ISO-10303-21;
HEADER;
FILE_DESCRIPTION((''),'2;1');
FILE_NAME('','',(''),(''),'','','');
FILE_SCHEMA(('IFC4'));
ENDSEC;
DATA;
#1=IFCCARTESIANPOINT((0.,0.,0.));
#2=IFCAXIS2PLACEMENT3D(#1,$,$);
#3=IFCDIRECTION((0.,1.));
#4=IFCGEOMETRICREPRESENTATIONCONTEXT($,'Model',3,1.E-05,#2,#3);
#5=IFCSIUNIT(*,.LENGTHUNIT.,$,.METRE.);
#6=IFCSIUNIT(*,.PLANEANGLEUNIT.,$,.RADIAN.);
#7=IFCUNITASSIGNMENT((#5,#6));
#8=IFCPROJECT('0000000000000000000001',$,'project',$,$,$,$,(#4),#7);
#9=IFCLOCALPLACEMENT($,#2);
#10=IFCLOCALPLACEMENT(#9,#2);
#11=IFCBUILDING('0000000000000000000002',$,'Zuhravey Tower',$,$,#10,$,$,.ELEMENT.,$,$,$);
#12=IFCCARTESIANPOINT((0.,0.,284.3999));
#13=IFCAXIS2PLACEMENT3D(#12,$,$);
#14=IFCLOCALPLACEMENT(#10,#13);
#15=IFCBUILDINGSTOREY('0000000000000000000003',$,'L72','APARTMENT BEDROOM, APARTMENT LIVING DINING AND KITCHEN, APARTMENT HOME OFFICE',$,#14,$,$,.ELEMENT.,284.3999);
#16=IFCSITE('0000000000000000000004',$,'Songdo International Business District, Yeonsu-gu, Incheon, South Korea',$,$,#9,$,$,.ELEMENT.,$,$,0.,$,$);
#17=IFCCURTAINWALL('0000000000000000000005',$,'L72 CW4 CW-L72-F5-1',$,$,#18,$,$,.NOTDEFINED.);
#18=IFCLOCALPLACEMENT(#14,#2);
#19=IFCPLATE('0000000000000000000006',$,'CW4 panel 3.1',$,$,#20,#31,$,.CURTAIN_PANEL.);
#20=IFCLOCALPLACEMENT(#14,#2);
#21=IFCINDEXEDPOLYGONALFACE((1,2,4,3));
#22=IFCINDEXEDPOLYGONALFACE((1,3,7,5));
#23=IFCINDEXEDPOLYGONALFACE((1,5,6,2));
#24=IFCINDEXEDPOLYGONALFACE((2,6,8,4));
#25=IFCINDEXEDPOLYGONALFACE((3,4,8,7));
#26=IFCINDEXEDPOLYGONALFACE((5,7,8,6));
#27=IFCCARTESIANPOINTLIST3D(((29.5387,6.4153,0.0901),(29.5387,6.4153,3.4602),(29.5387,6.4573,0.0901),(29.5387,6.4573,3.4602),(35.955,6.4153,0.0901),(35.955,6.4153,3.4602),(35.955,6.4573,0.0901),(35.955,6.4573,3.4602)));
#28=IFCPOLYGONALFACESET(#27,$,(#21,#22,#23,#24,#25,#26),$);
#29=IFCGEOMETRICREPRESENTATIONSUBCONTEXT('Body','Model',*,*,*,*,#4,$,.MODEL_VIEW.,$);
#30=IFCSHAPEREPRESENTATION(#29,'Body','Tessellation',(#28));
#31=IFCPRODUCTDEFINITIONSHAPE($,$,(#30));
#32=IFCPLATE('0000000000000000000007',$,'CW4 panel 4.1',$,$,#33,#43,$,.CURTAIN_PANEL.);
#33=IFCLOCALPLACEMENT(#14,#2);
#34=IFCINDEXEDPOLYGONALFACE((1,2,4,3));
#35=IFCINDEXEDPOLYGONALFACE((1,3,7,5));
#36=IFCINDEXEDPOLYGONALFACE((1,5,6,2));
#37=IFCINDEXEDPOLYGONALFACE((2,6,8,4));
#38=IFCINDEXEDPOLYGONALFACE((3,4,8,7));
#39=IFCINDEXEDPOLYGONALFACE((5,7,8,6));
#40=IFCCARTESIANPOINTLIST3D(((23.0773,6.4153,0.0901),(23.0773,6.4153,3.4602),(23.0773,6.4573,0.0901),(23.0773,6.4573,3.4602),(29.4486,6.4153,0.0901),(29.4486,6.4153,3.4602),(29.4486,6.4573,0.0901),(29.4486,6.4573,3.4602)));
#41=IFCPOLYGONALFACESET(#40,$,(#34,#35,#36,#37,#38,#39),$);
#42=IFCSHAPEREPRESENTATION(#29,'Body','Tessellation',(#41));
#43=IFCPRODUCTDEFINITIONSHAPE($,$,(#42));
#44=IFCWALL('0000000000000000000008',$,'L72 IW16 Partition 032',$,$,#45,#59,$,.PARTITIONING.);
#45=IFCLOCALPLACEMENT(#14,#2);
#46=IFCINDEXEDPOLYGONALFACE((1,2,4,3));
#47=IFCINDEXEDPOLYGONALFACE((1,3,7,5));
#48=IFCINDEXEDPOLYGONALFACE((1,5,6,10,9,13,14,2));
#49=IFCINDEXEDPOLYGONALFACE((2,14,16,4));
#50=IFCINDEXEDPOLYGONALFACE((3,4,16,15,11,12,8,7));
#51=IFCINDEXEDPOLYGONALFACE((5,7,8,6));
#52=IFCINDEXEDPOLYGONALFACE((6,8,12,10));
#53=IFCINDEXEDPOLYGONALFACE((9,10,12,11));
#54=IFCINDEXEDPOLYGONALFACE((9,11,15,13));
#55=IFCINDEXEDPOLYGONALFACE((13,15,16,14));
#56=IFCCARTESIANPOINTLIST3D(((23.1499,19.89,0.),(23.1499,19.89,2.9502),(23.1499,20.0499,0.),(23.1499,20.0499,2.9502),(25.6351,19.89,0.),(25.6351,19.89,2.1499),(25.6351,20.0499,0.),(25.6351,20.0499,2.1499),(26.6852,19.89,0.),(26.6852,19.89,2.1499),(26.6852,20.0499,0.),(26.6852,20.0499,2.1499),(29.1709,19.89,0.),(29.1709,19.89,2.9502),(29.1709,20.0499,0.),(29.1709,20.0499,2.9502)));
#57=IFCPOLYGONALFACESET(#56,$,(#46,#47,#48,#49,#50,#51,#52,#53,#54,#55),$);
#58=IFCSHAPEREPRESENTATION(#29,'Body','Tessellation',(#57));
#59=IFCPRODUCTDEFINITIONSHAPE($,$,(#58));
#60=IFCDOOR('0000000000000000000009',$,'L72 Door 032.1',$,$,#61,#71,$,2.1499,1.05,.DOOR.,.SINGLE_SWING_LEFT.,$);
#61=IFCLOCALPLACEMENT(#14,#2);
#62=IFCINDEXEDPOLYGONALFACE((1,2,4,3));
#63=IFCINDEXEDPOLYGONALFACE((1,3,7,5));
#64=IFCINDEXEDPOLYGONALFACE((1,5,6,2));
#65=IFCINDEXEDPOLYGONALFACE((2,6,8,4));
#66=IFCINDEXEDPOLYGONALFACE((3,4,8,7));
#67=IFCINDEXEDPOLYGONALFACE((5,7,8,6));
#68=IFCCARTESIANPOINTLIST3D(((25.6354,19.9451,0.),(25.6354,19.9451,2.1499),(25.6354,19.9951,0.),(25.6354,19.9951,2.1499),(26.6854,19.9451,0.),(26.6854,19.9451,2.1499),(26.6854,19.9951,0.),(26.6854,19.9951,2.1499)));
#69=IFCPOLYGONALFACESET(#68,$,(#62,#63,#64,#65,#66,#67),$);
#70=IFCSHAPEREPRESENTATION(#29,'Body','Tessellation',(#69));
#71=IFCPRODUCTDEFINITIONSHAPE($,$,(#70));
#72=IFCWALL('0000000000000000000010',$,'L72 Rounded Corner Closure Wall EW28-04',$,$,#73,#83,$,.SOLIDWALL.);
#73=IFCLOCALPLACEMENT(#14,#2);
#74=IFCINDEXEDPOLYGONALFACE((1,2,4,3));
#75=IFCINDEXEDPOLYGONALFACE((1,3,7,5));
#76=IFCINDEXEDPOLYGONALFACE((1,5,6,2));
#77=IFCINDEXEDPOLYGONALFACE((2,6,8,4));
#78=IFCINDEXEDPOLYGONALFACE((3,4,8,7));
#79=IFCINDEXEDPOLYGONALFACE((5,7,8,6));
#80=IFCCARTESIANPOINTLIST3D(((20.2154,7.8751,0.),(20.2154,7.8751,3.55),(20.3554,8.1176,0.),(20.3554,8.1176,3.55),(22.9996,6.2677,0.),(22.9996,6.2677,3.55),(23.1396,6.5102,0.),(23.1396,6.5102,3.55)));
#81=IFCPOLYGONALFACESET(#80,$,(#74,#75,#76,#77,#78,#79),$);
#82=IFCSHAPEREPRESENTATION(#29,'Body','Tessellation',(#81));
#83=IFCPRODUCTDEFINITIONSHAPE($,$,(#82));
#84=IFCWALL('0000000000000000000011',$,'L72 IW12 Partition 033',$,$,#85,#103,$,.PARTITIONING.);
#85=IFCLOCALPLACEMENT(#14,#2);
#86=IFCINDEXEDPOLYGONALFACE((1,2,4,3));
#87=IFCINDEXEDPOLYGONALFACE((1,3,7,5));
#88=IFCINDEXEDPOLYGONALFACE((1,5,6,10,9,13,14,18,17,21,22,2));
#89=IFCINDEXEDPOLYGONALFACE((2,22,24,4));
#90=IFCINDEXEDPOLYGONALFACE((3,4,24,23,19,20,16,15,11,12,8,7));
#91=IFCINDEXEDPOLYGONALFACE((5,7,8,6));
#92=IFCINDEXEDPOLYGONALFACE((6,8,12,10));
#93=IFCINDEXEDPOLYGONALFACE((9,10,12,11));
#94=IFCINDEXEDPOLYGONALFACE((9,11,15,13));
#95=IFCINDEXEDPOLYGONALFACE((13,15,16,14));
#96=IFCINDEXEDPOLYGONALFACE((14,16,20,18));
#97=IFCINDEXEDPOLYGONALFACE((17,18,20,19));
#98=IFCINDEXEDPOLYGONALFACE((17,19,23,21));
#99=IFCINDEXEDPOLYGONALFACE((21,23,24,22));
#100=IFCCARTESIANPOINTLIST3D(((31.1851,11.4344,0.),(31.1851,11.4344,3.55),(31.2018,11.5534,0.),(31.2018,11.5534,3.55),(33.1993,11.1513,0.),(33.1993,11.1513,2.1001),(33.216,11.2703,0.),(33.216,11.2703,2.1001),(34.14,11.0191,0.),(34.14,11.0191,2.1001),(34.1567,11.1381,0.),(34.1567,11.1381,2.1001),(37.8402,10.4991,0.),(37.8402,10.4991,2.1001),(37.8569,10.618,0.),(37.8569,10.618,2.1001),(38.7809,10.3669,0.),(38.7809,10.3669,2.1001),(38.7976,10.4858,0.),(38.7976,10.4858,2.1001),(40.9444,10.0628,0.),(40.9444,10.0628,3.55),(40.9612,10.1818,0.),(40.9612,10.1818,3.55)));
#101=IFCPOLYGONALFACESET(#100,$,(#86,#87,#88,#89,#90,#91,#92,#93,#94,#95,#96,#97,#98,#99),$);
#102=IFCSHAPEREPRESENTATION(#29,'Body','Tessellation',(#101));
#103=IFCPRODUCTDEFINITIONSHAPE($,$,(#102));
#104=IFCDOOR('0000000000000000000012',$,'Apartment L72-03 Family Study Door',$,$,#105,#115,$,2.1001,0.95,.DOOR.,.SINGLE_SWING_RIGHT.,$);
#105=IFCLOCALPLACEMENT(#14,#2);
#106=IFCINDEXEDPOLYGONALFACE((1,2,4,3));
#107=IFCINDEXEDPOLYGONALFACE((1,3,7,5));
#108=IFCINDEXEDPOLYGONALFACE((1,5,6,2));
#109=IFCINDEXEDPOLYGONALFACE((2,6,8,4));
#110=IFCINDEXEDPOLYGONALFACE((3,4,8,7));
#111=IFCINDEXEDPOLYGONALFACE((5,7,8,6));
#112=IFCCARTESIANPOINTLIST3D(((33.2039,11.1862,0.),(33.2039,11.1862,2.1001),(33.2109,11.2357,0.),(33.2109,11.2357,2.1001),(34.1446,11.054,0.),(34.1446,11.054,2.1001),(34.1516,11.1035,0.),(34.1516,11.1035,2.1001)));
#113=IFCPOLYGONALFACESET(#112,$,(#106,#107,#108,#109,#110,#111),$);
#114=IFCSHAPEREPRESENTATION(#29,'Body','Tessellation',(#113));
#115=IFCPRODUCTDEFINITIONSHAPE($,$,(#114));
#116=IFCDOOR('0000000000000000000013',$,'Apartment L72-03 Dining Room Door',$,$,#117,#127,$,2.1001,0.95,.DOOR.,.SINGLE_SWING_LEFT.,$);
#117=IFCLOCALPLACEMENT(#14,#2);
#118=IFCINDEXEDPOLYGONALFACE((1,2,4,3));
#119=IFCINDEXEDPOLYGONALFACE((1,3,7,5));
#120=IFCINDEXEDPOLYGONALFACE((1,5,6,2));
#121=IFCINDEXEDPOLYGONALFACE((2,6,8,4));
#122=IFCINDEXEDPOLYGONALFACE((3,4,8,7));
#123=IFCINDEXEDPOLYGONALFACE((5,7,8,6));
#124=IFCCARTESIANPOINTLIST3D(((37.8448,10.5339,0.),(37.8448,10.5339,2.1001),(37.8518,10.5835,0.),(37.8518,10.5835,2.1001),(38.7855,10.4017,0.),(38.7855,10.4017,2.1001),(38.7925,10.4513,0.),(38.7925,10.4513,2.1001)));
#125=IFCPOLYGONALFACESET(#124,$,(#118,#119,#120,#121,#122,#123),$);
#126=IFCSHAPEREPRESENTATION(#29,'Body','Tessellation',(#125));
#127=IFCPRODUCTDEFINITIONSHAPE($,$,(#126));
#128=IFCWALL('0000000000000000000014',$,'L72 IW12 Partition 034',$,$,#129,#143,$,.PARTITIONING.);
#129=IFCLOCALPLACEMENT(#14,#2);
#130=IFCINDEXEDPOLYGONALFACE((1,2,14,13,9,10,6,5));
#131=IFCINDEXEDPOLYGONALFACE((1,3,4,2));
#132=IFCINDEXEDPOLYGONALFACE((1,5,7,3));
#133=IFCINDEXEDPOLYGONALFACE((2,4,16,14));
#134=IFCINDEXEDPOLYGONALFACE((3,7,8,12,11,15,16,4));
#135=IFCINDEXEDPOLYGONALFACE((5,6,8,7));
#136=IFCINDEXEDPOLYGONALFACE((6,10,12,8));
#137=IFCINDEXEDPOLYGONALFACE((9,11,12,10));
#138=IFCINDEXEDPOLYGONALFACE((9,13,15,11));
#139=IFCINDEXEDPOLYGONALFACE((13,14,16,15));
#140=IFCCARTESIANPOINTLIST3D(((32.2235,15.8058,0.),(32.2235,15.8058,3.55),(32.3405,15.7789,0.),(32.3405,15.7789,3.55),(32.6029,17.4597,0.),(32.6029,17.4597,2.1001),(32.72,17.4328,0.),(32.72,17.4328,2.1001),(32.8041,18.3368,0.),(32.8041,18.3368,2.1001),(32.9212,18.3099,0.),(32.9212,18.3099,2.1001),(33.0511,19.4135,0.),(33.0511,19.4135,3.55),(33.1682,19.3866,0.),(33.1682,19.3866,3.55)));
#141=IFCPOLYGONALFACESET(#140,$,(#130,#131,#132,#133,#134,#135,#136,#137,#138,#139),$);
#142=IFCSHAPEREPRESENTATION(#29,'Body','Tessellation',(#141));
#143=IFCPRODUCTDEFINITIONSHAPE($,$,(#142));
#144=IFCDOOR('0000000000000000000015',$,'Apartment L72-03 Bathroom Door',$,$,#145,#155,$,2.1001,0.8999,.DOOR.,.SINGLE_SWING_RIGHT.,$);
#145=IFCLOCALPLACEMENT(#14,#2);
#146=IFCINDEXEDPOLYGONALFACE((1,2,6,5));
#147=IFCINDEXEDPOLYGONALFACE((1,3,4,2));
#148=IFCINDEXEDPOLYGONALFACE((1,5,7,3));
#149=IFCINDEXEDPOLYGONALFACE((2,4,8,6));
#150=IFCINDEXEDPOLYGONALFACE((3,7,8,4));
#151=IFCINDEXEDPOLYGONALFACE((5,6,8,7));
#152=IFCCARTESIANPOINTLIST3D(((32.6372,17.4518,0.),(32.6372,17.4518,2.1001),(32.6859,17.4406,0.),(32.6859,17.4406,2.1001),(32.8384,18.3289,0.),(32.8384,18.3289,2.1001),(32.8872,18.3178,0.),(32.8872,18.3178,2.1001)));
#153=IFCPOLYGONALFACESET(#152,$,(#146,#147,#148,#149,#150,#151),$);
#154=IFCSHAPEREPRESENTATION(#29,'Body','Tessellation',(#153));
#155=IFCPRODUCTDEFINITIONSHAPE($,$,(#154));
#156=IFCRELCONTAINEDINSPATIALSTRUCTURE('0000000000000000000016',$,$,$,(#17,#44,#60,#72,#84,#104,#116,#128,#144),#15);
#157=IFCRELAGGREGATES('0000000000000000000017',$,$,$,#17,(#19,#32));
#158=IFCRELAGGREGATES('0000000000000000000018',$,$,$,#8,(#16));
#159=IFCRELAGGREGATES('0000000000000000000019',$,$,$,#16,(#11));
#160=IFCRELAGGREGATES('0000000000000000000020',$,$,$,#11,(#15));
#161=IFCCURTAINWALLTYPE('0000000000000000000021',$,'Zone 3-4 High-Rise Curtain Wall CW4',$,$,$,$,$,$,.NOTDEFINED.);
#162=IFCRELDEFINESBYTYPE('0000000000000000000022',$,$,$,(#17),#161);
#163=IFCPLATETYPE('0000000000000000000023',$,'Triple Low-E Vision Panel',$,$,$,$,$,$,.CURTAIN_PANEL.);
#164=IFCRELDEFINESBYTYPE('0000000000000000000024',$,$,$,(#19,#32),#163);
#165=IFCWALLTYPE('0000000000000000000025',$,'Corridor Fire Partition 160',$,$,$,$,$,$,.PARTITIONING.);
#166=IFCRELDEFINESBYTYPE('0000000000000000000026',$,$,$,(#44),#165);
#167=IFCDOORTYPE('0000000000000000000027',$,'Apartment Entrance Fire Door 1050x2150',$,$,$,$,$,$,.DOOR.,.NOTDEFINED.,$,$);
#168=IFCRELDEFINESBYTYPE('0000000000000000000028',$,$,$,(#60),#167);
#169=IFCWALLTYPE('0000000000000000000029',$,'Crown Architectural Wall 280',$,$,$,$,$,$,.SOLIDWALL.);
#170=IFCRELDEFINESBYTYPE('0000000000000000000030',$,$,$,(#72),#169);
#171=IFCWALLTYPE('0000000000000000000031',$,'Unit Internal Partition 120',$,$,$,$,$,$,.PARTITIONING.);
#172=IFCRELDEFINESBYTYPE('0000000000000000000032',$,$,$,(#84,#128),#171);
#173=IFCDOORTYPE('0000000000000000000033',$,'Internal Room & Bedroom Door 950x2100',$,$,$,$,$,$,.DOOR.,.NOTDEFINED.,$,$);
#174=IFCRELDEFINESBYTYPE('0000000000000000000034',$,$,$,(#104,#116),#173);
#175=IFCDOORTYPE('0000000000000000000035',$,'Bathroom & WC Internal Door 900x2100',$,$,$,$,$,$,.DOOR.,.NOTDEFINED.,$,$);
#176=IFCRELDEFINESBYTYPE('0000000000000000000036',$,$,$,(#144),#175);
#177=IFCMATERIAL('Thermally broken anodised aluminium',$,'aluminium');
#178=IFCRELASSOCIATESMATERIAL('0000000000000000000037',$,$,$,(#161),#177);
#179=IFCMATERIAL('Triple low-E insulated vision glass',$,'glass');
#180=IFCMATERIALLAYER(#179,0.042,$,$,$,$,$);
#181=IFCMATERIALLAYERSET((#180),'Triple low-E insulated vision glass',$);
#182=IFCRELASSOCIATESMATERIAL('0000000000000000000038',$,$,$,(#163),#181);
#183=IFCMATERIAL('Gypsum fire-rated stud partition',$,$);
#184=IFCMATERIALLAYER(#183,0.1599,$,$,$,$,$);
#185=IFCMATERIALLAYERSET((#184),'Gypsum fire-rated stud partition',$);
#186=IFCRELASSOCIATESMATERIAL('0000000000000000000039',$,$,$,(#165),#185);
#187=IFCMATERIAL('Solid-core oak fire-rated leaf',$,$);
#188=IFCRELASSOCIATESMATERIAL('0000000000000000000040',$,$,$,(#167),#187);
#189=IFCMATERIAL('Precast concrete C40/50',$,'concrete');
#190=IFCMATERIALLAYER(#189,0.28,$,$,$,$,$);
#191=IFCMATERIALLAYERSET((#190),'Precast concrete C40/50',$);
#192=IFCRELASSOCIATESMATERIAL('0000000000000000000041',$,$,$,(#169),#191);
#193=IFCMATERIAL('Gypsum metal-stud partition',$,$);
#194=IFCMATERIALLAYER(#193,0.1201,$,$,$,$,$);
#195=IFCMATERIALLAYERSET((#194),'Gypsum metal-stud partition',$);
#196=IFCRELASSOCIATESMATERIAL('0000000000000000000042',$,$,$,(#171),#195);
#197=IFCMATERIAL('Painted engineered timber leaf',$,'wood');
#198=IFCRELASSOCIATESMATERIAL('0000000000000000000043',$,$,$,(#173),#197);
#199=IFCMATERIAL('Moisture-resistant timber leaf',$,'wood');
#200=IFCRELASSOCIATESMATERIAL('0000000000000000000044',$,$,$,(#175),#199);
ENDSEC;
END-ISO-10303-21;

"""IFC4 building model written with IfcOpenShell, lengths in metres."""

from ifc_helpers import new_model, si_unit, direction, frame, frame_2d, origin, origin_2d, place, context, subcontext, project, spatial, rectangle, extrude, material, layer, layer_set, type_object, element, fill, aggregate, save


model = new_model("IFC4")

# Units and contexts
model_context = context("Model", 3, precision=1e-05, world=origin(), true_north=direction((0.0, 1.0)))
body_context = subcontext(model_context, "Body", "Model", "MODEL_VIEW")
ifc_project = project(units=[si_unit("LENGTHUNIT", "METRE"), si_unit("PLANEANGLEUNIT", "RADIAN")], contexts=[model_context])

# Site, building, storey
site_placement = place(None, origin())
site = spatial("IfcSite", under=ifc_project, at=site_placement, Name="Songdo International Business District, Yeonsu-gu, Incheon, South Korea", CompositionType="ELEMENT", RefElevation=0.0)
building_placement = place(site_placement, origin())
building = spatial("IfcBuilding", under=site, at=building_placement, Name="Zuhravey Tower", CompositionType="ELEMENT")
storey_placement = place(building_placement, frame((0.0, 0.0, 284.3999)))
storey = spatial("IfcBuildingStorey", under=building, at=storey_placement, Name="L72", Description="APARTMENT BEDROOM, APARTMENT LIVING DINING AND KITCHEN, APARTMENT HOME OFFICE", CompositionType="ELEMENT", Elevation=284.3999)

# Curtain wall
ifc_material_1 = material(Name="Thermally broken anodised aluminium", Category="aluminium")
curtain_wall_type = type_object("IfcCurtainWallType", Name="Zone 3-4 High-Rise Curtain Wall CW4", PredefinedType="NOTDEFINED", material=ifc_material_1)
curtain_wall_1_placement = place(storey_placement, origin())
curtain_wall_1 = element("IfcCurtainWall", 1, at=curtain_wall_1_placement, inside=storey, type_object=curtain_wall_type, Name="L72 CW4 CW-L72-F5-1", PredefinedType="NOTDEFINED")

# Plates
ifc_material_2 = material(Name="Triple low-E insulated vision glass", Category="glass")
ifc_layer_1 = layer(ifc_material_2, 0.042)
ifc_layer_set_1 = layer_set([ifc_layer_1], Name="Triple low-E insulated vision glass")
plate_type_1 = type_object("IfcPlateType", Name="Triple Low-E Vision Panel", PredefinedType="CURTAIN_PANEL", material=ifc_layer_set_1)
plate_1_placement = place(storey_placement, frame((32.7468, 6.4363, 0.0901), z_axis=(0.0, 0.0, 1.0), x_axis=(-1.0, 0.0, 0.0)))
plate_1 = element("IfcPlate", 2, at=plate_1_placement, type_object=plate_type_1, Name="CW4 panel 3.1", PredefinedType="CURTAIN_PANEL", context=body_context, shape_type="SweptSolid", body=[
    extrude(rectangle(XDim=6.4163, YDim=0.042, at=origin_2d()), origin(), (0.0, 0.0, 1.0), 3.3701),
])
plate_2_placement = place(storey_placement, frame((26.2629, 6.4363, 0.0901), z_axis=(0.0, 0.0, 1.0), x_axis=(-1.0, 0.0, 0.0)))
plate_2 = element("IfcPlate", 3, at=plate_2_placement, type_object=plate_type_1, Name="CW4 panel 4.1", PredefinedType="CURTAIN_PANEL", context=body_context, shape_type="SweptSolid", body=[
    extrude(rectangle(XDim=6.3713, YDim=0.042, at=origin_2d()), origin(), (0.0, 0.0, 1.0), 3.3701),
])
aggregate(curtain_wall_1, [plate_1, plate_2])

# Wall, opening, door
ifc_material_3 = material(Name="Gypsum fire-rated stud partition")
ifc_layer_2 = layer(ifc_material_3, 0.1599)
ifc_layer_set_2 = layer_set([ifc_layer_2], Name="Gypsum fire-rated stud partition")
wall_type_1 = type_object("IfcWallType", Name="Corridor Fire Partition 160", PredefinedType="PARTITIONING", material=ifc_layer_set_2)
wall_1_placement = place(storey_placement, frame((23.1499, 19.97, 0.0), z_axis=(0.0, 0.0, 1.0), x_axis=(1.0, 0.0, 0.0)))
wall_1 = element("IfcWall", 4, at=wall_1_placement, inside=storey, type_object=wall_type_1, Name="L72 IW16 Partition 032", PredefinedType="PARTITIONING", context=body_context, shape_type="SweptSolid", body=[
    extrude(rectangle(XDim=6.021, YDim=0.1599, at=frame_2d((3.0105, 0.0))), origin(), (0.0, 0.0, 1.0), 2.9502),
])
opening_1_placement = place(wall_1_placement, frame((2.4854, 0.0, 0.0)))
opening_1 = element("IfcOpeningElement", 5, at=opening_1_placement, cuts=wall_1, PredefinedType="OPENING", context=body_context, shape_type="SweptSolid", body=[
    extrude(rectangle(XDim=1.05, YDim=2.1499, at=frame_2d((0.5249, 1.075))), frame((0.0, 0.092, 0.0), z_axis=(0.0, -1.0, 0.0), x_axis=(1.0, 0.0, 0.0)), (0.0, 0.0, 1.0), 0.1838),
])
ifc_material_4 = material(Name="Solid-core oak fire-rated leaf")
door_type_1 = type_object("IfcDoorType", Name="Apartment Entrance Fire Door 1050x2150", OperationType="NOTDEFINED", PredefinedType="DOOR", material=ifc_material_4)
door_1_placement = place(opening_1_placement, frame((1.05, 0.0, 0.0), z_axis=(0.0, 0.0, 1.0), x_axis=(-1.0, 0.0, 0.0)))
door_1 = element("IfcDoor", 6, at=door_1_placement, inside=storey, type_object=door_type_1, Name="L72 Door 032.1", OperationType="SINGLE_SWING_LEFT", OverallHeight=2.1499, OverallWidth=1.05, PredefinedType="DOOR", context=body_context, shape_type="SweptSolid", body=[
    extrude(rectangle(XDim=1.05, YDim=2.1499, at=frame_2d((0.5249, 1.075))), frame((0.0, 0.0249, 0.0), z_axis=(0.0, -1.0, 0.0), x_axis=(1.0, 0.0, 0.0)), (0.0, 0.0, 1.0), 0.05),
])
fill(opening_1, door_1)

# Wall
ifc_material_5 = material(Name="Precast concrete C40/50", Category="concrete")
ifc_layer_3 = layer(ifc_material_5, 0.28)
ifc_layer_set_3 = layer_set([ifc_layer_3], Name="Precast concrete C40/50")
wall_type_2 = type_object("IfcWallType", Name="Crown Architectural Wall 280", PredefinedType="SOLIDWALL", material=ifc_layer_set_3)
wall_2_placement = place(storey_placement, frame((23.0696, 6.3889, 0.0), z_axis=(0.0, 0.0, 1.0), x_axis=(-0.866029, 0.499994, 0.0)))
element("IfcWall", 7, at=wall_2_placement, inside=storey, type_object=wall_type_2, Name="L72 Rounded Corner Closure Wall EW28-04", PredefinedType="SOLIDWALL", context=body_context, shape_type="SweptSolid", body=[
    extrude(rectangle(XDim=3.2148, YDim=0.28, at=frame_2d((1.6074, 0.0))), origin(), (0.0, 0.0, 1.0), 3.55),
])

# Wall, openings, doors
ifc_material_6 = material(Name="Gypsum metal-stud partition")
ifc_layer_4 = layer(ifc_material_6, 0.1201)
ifc_layer_set_4 = layer_set([ifc_layer_4], Name="Gypsum metal-stud partition")
wall_type_3 = type_object("IfcWallType", Name="Unit Internal Partition 120", PredefinedType="PARTITIONING", material=ifc_layer_set_4)
wall_3_placement = place(storey_placement, frame((31.1934, 11.4939, 0.0), z_axis=(0.0, 0.0, 1.0), x_axis=(0.990268, -0.139174, 0.0)))
wall_3 = element("IfcWall", 8, at=wall_3_placement, inside=storey, type_object=wall_type_3, Name="L72 IW12 Partition 033", PredefinedType="PARTITIONING", context=body_context, shape_type="SweptSolid", body=[
    extrude(rectangle(XDim=9.8552, YDim=0.1201, at=frame_2d((4.9277, 0.0))), origin(), (0.0, 0.0, 1.0), 3.55),
])
opening_2_placement = place(wall_3_placement, frame((2.0339, 0.0, 0.0)))
opening_2 = element("IfcOpeningElement", 9, at=opening_2_placement, cuts=wall_3, PredefinedType="OPENING", context=body_context, shape_type="SweptSolid", body=[
    extrude(rectangle(XDim=0.95, YDim=2.1001, at=frame_2d((0.4751, 1.05))), frame((0.0, 0.072, 0.0), z_axis=(0.0, -1.0, 0.0), x_axis=(1.0, 0.0, 0.0)), (0.0, 0.0, 1.0), 0.144),
])
opening_3_placement = place(wall_3_placement, frame((6.7205, 0.0, 0.0)))
opening_3 = element("IfcOpeningElement", 10, at=opening_3_placement, cuts=wall_3, PredefinedType="OPENING", context=body_context, shape_type="SweptSolid", body=[
    extrude(rectangle(XDim=0.95, YDim=2.1001, at=frame_2d((0.4751, 1.05))), frame((0.0, 0.072, 0.0), z_axis=(0.0, -1.0, 0.0), x_axis=(1.0, 0.0, 0.0)), (0.0, 0.0, 1.0), 0.144),
])
ifc_material_7 = material(Name="Painted engineered timber leaf", Category="wood")
door_type_2 = type_object("IfcDoorType", Name="Internal Room & Bedroom Door 950x2100", OperationType="NOTDEFINED", PredefinedType="DOOR", material=ifc_material_7)
door_2_placement = place(opening_2_placement, frame((0.95, 0.0, 0.0), z_axis=(0.0, 0.0, 1.0), x_axis=(-1.0, 0.0, 0.0)))
door_2 = element("IfcDoor", 11, at=door_2_placement, inside=storey, type_object=door_type_2, Name="Apartment L72-03 Family Study Door", OperationType="SINGLE_SWING_RIGHT", OverallHeight=2.1001, OverallWidth=0.95, PredefinedType="DOOR", context=body_context, shape_type="SweptSolid", body=[
    extrude(rectangle(XDim=0.95, YDim=2.1001, at=frame_2d((0.4751, 1.05))), frame((0.0, 0.0249, 0.0), z_axis=(0.0, -1.0, 0.0), x_axis=(1.0, 0.0, 0.0)), (0.0, 0.0, 1.0), 0.05),
])
fill(opening_2, door_2)
door_3_placement = place(opening_3_placement, frame((0.95, 0.0, 0.0), z_axis=(0.0, 0.0, 1.0), x_axis=(-1.0, 0.0, 0.0)))
door_3 = element("IfcDoor", 12, at=door_3_placement, inside=storey, type_object=door_type_2, Name="Apartment L72-03 Dining Room Door", OperationType="SINGLE_SWING_LEFT", OverallHeight=2.1001, OverallWidth=0.95, PredefinedType="DOOR", context=body_context, shape_type="SweptSolid", body=[
    extrude(rectangle(XDim=0.95, YDim=2.1001, at=frame_2d((0.4751, 1.05))), frame((0.0, 0.0249, 0.0), z_axis=(0.0, -1.0, 0.0), x_axis=(1.0, 0.0, 0.0)), (0.0, 0.0, 1.0), 0.05),
])
fill(opening_3, door_3)

# Wall, opening, door
wall_4_placement = place(storey_placement, frame((33.1096, 19.3999, 0.0), z_axis=(0.0, 0.0, 1.0), x_axis=(-0.223602, -0.974681, 0.0)))
wall_4 = element("IfcWall", 13, at=wall_4_placement, inside=storey, type_object=wall_type_3, Name="L72 IW12 Partition 034", PredefinedType="PARTITIONING", context=body_context, shape_type="SweptSolid", body=[
    extrude(rectangle(XDim=3.7014, YDim=0.1201, at=frame_2d((1.8506, 0.0))), origin(), (0.0, 0.0, 1.0), 3.55),
])
opening_4_placement = place(wall_4_placement, frame((1.1045, 0.0, 0.0)))
opening_4 = element("IfcOpeningElement", 14, at=opening_4_placement, cuts=wall_4, PredefinedType="OPENING", context=body_context, shape_type="SweptSolid", body=[
    extrude(rectangle(XDim=0.8999, YDim=2.1001, at=frame_2d((0.45, 1.05))), frame((0.0, 0.072, 0.0), z_axis=(0.0, -1.0, 0.0), x_axis=(1.0, 0.0, 0.0)), (0.0, 0.0, 1.0), 0.144),
])
ifc_material_8 = material(Name="Moisture-resistant timber leaf", Category="wood")
door_type_3 = type_object("IfcDoorType", Name="Bathroom & WC Internal Door 900x2100", OperationType="NOTDEFINED", PredefinedType="DOOR", material=ifc_material_8)
door_4_placement = place(opening_4_placement, frame((0.8999, 0.0, 0.0), z_axis=(0.0, 0.0, 1.0), x_axis=(-1.0, 0.0, 0.0)))
door_4 = element("IfcDoor", 15, at=door_4_placement, inside=storey, type_object=door_type_3, Name="Apartment L72-03 Bathroom Door", OperationType="SINGLE_SWING_RIGHT", OverallHeight=2.1001, OverallWidth=0.8999, PredefinedType="DOOR", context=body_context, shape_type="SweptSolid", body=[
    extrude(rectangle(XDim=0.8999, YDim=2.1001, at=frame_2d((0.45, 1.05))), frame((0.0, 0.0249, 0.0), z_axis=(0.0, -1.0, 0.0), x_axis=(1.0, 0.0, 0.0)), (0.0, 0.0, 1.0), 0.05),
])
fill(opening_4, door_4)

save(model, "model.ifc")
